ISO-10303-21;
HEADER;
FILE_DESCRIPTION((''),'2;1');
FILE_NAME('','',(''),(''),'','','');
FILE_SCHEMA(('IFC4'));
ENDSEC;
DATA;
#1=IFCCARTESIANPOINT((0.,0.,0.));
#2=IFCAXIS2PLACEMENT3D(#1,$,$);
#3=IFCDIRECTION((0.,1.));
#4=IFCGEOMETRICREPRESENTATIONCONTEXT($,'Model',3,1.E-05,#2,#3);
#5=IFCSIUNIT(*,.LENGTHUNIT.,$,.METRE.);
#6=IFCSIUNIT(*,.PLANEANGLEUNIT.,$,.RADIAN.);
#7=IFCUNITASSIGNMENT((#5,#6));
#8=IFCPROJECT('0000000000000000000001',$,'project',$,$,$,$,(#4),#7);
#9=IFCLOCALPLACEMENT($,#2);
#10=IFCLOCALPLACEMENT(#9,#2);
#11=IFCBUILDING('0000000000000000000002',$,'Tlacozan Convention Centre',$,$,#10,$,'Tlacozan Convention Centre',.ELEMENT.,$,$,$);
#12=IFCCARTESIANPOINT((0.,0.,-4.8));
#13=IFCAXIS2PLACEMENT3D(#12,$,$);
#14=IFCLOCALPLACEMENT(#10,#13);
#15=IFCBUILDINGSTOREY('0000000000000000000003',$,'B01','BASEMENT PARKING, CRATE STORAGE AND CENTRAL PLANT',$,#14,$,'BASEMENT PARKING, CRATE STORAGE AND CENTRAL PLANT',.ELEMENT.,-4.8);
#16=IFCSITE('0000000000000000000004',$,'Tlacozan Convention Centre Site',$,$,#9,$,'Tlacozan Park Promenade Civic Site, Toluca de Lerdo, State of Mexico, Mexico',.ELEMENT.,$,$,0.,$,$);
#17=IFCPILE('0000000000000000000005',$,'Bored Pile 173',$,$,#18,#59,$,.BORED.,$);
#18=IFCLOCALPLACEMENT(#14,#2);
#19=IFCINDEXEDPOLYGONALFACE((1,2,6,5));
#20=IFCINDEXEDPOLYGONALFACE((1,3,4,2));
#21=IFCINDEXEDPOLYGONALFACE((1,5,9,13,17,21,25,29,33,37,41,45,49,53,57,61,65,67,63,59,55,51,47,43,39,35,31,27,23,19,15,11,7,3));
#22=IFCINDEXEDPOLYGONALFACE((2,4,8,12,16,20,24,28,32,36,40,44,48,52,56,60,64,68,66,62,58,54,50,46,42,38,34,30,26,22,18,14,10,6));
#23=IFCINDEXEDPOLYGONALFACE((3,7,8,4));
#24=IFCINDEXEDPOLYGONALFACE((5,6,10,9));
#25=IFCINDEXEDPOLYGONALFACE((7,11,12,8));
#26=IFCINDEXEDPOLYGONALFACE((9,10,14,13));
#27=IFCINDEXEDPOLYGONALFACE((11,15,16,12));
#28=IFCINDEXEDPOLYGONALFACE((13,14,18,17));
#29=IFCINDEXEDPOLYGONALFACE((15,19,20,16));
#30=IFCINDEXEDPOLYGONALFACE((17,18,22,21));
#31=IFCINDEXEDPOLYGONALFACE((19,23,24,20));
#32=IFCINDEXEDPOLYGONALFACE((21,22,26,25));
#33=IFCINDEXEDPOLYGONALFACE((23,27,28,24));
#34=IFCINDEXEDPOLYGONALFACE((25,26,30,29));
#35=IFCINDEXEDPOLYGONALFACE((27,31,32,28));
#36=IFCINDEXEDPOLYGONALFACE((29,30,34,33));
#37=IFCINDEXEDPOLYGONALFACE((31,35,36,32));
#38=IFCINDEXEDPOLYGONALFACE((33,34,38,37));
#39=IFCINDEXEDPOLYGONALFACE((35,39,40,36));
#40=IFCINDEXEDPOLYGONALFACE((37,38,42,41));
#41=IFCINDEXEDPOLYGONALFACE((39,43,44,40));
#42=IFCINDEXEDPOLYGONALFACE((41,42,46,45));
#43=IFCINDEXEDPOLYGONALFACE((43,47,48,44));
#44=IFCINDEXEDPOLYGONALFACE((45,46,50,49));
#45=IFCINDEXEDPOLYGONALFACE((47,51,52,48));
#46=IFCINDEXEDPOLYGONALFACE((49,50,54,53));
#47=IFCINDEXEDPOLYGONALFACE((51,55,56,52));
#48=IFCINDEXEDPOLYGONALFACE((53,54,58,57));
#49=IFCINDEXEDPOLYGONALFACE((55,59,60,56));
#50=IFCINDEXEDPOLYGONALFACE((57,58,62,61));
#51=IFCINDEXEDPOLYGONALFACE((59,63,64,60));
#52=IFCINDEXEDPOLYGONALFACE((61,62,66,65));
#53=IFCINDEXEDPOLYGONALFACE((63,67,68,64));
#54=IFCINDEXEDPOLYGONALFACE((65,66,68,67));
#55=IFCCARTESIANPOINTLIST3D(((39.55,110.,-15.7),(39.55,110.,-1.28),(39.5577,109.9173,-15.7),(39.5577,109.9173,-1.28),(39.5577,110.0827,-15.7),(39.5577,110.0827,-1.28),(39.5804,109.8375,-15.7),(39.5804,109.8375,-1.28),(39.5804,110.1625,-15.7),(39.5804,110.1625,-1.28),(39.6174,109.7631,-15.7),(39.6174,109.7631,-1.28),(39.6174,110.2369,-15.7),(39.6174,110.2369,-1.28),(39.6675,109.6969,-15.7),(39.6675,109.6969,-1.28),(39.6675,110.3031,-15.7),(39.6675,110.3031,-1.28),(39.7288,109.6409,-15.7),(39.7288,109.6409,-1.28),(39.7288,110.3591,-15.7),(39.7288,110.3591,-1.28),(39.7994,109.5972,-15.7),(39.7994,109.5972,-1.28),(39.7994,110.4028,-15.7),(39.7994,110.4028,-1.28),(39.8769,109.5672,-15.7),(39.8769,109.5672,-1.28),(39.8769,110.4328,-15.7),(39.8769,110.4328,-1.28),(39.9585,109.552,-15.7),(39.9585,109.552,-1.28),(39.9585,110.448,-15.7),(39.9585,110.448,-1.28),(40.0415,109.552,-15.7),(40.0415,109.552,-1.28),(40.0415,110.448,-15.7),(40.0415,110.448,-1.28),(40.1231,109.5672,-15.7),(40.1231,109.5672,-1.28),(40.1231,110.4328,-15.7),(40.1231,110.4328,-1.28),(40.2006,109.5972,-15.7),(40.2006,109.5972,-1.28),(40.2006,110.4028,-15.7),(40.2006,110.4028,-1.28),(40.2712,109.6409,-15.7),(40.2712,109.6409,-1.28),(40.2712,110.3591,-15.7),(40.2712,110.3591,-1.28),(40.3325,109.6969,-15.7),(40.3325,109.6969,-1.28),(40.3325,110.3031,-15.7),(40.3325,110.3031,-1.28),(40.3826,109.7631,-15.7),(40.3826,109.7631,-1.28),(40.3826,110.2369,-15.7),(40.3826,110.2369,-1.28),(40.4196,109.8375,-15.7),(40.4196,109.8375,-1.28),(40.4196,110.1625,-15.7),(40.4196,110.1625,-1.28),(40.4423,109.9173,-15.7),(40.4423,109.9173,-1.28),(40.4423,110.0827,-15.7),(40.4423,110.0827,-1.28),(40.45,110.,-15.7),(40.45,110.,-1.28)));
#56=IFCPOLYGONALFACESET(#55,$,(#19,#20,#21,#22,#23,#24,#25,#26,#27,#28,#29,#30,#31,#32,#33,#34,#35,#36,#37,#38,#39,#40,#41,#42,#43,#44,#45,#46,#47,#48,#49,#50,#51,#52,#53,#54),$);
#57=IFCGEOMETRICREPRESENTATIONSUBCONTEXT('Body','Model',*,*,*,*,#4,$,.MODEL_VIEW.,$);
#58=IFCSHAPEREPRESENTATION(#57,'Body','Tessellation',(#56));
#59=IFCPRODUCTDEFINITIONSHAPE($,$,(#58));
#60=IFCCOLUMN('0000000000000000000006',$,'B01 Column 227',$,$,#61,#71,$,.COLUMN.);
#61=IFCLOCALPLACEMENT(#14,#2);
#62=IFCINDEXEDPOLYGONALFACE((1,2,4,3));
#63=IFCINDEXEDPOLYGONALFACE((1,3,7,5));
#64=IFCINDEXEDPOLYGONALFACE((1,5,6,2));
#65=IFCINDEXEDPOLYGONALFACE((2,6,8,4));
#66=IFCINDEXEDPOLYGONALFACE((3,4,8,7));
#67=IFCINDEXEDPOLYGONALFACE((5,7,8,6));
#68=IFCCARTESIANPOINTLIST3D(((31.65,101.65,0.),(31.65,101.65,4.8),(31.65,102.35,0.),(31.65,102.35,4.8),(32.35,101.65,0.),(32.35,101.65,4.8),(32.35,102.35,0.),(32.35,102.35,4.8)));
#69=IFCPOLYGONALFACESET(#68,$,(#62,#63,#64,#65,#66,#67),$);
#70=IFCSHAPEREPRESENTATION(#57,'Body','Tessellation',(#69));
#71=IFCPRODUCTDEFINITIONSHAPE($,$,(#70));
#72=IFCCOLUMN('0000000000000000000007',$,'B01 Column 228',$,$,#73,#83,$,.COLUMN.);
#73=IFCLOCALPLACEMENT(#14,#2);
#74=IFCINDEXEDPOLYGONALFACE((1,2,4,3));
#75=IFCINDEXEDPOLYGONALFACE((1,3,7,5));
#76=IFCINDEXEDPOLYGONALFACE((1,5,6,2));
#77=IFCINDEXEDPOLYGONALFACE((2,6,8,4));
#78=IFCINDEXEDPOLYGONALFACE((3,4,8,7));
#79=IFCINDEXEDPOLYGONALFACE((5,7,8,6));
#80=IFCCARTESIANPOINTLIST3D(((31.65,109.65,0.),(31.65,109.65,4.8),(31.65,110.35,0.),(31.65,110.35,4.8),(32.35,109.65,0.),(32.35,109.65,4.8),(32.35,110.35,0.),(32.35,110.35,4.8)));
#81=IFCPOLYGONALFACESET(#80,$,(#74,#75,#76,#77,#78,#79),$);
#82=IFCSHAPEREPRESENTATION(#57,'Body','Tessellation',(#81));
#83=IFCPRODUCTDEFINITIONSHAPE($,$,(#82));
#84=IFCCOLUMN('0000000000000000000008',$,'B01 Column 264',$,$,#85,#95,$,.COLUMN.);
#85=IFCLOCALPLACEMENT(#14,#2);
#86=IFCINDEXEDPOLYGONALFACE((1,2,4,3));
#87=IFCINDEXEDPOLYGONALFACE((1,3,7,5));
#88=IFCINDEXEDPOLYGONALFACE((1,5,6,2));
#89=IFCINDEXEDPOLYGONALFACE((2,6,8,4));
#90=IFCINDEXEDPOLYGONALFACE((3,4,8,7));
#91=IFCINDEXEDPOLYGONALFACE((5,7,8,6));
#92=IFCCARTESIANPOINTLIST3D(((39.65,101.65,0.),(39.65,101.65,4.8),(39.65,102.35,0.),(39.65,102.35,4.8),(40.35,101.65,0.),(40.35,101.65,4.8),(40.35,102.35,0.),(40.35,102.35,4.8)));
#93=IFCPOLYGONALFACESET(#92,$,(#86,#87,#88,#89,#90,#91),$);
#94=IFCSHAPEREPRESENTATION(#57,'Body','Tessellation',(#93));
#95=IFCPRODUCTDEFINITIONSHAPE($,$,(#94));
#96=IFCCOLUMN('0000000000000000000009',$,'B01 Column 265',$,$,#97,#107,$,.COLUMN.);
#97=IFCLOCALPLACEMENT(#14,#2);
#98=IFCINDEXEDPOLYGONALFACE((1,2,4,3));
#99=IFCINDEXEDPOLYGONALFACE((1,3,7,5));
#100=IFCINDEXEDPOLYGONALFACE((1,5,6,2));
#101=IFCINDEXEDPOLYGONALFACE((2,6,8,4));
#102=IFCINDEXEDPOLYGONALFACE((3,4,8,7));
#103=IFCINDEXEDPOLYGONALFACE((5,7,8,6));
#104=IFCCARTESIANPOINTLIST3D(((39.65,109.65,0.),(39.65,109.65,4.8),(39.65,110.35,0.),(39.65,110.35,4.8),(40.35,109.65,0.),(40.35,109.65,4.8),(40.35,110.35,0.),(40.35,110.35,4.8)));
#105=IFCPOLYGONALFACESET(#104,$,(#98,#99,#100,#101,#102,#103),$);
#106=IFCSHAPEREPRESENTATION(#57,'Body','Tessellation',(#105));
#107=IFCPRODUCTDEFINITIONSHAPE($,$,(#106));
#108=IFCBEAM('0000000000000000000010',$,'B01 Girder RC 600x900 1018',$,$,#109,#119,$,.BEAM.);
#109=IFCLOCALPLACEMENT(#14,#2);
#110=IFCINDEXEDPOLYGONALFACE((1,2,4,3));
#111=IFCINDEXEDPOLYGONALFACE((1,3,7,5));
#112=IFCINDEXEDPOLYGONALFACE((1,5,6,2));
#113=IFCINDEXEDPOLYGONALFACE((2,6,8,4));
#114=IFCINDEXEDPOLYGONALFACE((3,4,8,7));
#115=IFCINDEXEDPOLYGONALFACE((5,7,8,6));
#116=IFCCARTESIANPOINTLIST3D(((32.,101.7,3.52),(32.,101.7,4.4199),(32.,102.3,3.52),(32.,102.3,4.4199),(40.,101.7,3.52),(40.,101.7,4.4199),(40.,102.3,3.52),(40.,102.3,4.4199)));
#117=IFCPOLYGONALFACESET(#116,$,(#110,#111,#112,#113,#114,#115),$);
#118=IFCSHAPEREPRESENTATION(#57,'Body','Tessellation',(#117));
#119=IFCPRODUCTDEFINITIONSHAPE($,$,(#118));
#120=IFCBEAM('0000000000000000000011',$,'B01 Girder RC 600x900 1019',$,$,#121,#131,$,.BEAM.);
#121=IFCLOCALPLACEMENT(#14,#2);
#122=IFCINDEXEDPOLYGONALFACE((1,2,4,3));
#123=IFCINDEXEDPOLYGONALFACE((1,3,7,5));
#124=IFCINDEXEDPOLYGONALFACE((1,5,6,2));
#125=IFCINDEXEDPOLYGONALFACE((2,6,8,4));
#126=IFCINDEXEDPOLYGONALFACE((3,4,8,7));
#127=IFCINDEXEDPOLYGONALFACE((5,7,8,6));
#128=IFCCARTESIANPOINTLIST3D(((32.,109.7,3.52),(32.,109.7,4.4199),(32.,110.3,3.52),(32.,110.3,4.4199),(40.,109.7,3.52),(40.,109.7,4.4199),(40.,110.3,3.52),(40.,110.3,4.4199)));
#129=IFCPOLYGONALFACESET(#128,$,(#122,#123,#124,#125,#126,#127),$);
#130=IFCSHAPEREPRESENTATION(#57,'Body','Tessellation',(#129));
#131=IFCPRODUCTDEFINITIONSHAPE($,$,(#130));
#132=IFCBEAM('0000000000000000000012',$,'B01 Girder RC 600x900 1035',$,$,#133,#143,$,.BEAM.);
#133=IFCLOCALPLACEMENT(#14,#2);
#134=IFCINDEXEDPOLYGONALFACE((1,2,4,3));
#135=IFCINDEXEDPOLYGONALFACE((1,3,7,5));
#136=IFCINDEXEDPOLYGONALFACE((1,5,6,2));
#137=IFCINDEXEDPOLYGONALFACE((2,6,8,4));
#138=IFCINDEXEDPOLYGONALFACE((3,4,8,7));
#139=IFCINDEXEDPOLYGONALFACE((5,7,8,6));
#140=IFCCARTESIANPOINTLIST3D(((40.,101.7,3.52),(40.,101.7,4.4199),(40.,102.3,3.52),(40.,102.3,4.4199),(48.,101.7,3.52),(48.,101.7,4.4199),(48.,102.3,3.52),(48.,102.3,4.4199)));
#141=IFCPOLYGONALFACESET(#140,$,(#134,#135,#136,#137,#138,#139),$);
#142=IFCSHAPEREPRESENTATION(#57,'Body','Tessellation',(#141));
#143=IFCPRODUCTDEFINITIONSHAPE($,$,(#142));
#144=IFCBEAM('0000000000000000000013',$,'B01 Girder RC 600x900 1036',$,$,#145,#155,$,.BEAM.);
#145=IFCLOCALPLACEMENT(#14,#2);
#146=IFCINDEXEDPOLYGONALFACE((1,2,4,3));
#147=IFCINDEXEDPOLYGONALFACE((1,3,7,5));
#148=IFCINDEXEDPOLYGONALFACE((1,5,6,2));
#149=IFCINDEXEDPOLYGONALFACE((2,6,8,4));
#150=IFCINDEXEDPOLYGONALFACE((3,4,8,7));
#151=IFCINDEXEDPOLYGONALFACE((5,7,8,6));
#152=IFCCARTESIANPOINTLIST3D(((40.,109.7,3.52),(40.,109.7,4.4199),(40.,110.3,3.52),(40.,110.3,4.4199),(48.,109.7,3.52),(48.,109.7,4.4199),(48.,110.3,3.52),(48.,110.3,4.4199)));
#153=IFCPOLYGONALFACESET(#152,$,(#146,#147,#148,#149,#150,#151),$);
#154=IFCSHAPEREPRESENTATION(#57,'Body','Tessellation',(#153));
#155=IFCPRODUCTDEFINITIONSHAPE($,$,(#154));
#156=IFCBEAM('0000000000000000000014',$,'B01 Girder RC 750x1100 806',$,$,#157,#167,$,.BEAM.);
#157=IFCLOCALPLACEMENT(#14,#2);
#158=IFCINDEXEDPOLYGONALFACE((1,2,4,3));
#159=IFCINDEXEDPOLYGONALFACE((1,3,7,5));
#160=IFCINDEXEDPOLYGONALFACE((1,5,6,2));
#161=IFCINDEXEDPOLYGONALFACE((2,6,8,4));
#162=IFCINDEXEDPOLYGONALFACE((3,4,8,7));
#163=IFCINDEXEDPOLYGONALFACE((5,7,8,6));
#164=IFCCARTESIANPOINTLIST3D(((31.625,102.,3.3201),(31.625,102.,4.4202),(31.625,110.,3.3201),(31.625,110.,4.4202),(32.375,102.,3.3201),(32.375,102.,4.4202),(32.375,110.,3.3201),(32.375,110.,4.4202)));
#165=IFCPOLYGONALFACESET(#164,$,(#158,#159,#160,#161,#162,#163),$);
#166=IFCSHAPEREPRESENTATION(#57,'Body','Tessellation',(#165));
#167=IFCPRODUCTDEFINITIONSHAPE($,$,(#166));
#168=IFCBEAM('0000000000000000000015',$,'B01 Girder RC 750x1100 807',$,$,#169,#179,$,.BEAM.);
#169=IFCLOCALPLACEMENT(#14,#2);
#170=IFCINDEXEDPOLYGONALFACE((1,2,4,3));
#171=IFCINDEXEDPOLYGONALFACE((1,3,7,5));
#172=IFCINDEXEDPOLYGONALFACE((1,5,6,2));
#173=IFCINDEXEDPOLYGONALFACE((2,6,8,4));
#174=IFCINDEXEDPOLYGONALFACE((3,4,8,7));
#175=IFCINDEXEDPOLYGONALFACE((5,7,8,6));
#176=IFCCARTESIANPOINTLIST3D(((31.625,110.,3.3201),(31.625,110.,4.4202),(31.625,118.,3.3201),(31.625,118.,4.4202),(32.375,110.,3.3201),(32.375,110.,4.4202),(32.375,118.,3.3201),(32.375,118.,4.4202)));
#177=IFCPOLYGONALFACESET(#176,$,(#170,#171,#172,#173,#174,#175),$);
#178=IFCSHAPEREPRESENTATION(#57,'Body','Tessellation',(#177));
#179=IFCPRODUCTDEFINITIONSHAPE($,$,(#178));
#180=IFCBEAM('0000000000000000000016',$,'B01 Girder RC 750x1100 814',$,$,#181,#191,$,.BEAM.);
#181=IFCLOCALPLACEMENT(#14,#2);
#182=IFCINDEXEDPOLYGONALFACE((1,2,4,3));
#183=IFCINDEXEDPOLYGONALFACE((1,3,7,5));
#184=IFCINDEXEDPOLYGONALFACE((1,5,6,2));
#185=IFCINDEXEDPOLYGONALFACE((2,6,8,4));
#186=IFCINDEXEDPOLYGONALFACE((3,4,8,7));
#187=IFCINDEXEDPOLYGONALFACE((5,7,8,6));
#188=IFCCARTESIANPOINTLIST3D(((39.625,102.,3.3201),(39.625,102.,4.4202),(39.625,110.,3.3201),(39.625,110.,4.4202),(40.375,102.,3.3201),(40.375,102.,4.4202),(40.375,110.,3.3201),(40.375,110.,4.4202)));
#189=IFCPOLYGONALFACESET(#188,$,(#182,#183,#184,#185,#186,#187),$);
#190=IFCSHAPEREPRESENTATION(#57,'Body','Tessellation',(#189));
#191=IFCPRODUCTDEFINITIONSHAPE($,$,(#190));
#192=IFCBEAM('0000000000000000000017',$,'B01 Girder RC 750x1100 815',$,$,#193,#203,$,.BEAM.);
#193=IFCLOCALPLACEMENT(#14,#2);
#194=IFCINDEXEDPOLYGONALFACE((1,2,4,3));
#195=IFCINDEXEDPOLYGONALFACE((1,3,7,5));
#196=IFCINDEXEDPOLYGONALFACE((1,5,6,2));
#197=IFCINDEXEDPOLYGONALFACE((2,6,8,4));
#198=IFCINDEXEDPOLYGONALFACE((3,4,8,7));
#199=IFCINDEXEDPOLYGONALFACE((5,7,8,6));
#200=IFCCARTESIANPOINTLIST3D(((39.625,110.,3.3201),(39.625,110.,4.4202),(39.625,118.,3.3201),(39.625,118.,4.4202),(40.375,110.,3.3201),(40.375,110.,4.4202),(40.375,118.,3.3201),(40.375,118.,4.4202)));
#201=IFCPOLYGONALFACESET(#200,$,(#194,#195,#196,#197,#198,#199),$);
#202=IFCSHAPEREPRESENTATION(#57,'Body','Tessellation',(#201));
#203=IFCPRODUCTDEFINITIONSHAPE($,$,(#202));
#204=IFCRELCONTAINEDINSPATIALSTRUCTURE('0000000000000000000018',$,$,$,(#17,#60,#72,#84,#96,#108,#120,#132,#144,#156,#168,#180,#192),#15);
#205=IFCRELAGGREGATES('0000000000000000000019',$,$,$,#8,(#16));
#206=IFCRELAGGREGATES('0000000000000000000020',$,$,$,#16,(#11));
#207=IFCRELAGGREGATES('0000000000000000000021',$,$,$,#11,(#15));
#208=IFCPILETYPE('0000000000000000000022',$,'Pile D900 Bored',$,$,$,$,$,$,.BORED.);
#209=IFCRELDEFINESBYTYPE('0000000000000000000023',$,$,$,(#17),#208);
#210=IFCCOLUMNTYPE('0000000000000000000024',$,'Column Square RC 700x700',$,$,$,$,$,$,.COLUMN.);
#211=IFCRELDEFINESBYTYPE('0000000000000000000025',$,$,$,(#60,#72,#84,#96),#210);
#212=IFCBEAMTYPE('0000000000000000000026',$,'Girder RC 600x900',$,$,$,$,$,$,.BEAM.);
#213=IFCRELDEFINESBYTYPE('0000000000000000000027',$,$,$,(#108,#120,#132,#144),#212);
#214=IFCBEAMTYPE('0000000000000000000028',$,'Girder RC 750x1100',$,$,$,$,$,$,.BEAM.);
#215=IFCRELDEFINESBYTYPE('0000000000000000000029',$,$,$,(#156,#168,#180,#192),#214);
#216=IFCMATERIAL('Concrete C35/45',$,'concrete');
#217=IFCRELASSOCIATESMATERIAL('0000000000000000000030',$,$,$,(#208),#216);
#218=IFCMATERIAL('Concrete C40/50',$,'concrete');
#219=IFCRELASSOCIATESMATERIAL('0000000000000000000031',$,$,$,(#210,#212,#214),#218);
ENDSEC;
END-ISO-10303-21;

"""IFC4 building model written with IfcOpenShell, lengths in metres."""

from ifc_helpers import new_model, si_unit, direction, frame, origin, origin_2d, place, context, subcontext, project, spatial, rectangle, circle, extrude, material, material_profile, profile_set, type_object, element, save


model = new_model("IFC4")

# Units and contexts
model_context = context("Model", 3, precision=1e-05, world=origin(), true_north=direction((0.0, 1.0)))
body_context = subcontext(model_context, "Body", "Model", "MODEL_VIEW")
ifc_project = project(units=[si_unit("LENGTHUNIT", "METRE"), si_unit("PLANEANGLEUNIT", "RADIAN")], contexts=[model_context])

# Site, building, storey
site_placement = place(None, origin())
site = spatial("IfcSite", under=ifc_project, at=site_placement, Name="Tlacozan Convention Centre Site", LongName="Tlacozan Park Promenade Civic Site, Toluca de Lerdo, State of Mexico, Mexico", CompositionType="ELEMENT", RefElevation=0.0)
building_placement = place(site_placement, origin())
building = spatial("IfcBuilding", under=site, at=building_placement, Name="Tlacozan Convention Centre", LongName="Tlacozan Convention Centre", CompositionType="ELEMENT")
storey_placement = place(building_placement, frame((0.0, 0.0, -4.8)))
storey = spatial("IfcBuildingStorey", under=building, at=storey_placement, Name="B01", Description="BASEMENT PARKING, CRATE STORAGE AND CENTRAL PLANT", LongName="BASEMENT PARKING, CRATE STORAGE AND CENTRAL PLANT", CompositionType="ELEMENT", Elevation=-4.8)

# Shared definitions
ifc_material_1 = material(Name="Concrete C35/45", Category="concrete")

# Pile
ifc_material_profile_1 = material_profile(ifc_material_1, circle(Radius=0.45, at=origin_2d()), Name="PILE D900")
ifc_profile_set_1 = profile_set([ifc_material_profile_1], Name="Concrete C35/45")
pile_type_1 = type_object("IfcPileType", Name="Pile D900 Bored", PredefinedType="BORED", material=ifc_profile_set_1)
for number, where, z_axis, x_axis, name in (
    (1, (40.0, 110.0, -1.28), (0.0, 0.0, -1.0), (1.0, 0.0, 0.0), "Bored Pile 173"),
):
    element("IfcPile", number, at=place(storey_placement, frame(where, z_axis=z_axis, x_axis=x_axis)), inside=storey, type_object=pile_type_1, Name=name, PredefinedType="BORED", context=body_context, shape_type="SweptSolid", body=[
        extrude(circle(Radius=0.45, at=origin_2d()), origin(), (0.0, 0.0, 1.0), 14.4199),
    ])

# Columns
ifc_material_2 = material(Name="Concrete C40/50", Category="concrete")
ifc_material_profile_2 = material_profile(ifc_material_2, rectangle(XDim=0.7, YDim=0.7, at=origin_2d()), Name="RC 700x700")
ifc_profile_set_2 = profile_set([ifc_material_profile_2], Name="Concrete C40/50")
column_type = type_object("IfcColumnType", Name="Column Square RC 700x700", PredefinedType="COLUMN", material=ifc_profile_set_2)
for number, where, z_axis, x_axis, name in (
    (2, (32.0, 102.0, 0.0), (0.0, 0.0, 1.0), (1.0, 0.0, 0.0), "B01 Column 227"),
    (3, (32.0, 110.0, 0.0), (0.0, 0.0, 1.0), (1.0, 0.0, 0.0), "B01 Column 228"),
    (4, (40.0, 102.0, 0.0), (0.0, 0.0, 1.0), (1.0, 0.0, 0.0), "B01 Column 264"),
    (5, (40.0, 110.0, 0.0), (0.0, 0.0, 1.0), (1.0, 0.0, 0.0), "B01 Column 265"),
):
    element("IfcColumn", number, at=place(storey_placement, frame(where, z_axis=z_axis, x_axis=x_axis)), inside=storey, type_object=column_type, Name=name, PredefinedType="COLUMN", context=body_context, shape_type="SweptSolid", body=[
        extrude(rectangle(XDim=0.7, YDim=0.7, at=origin_2d()), origin(), (0.0, 0.0, 1.0), 4.8),
    ])

# Beams
ifc_material_profile_3 = material_profile(ifc_material_2, rectangle(XDim=0.6001, YDim=0.8999, at=origin_2d()), Name="RC 600x900")
ifc_profile_set_3 = profile_set([ifc_material_profile_3], Name="Concrete C40/50")
beam_type_1 = type_object("IfcBeamType", Name="Girder RC 600x900", PredefinedType="BEAM", material=ifc_profile_set_3)
for number, where, z_axis, x_axis, name in (
    (6, (32.0, 102.0, 3.97), (1.0, 0.0, 0.0), (0.0, 1.0, 0.0), "B01 Girder RC 600x900 1018"),
    (7, (32.0, 110.0, 3.97), (1.0, 0.0, 0.0), (0.0, 1.0, 0.0), "B01 Girder RC 600x900 1019"),
    (8, (40.0, 102.0, 3.97), (1.0, 0.0, 0.0), (0.0, 1.0, 0.0), "B01 Girder RC 600x900 1035"),
    (9, (40.0, 110.0, 3.97), (1.0, 0.0, 0.0), (0.0, 1.0, 0.0), "B01 Girder RC 600x900 1036"),
):
    element("IfcBeam", number, at=place(storey_placement, frame(where, z_axis=z_axis, x_axis=x_axis)), inside=storey, type_object=beam_type_1, Name=name, PredefinedType="BEAM", context=body_context, shape_type="SweptSolid", body=[
        extrude(rectangle(XDim=0.6001, YDim=0.8999, at=origin_2d()), origin(), (0.0, 0.0, 1.0), 8.0),
    ])
ifc_material_profile_4 = material_profile(ifc_material_2, rectangle(XDim=0.75, YDim=1.1001, at=origin_2d()), Name="RC 750x1100")
ifc_profile_set_4 = profile_set([ifc_material_profile_4], Name="Concrete C40/50")
beam_type_2 = type_object("IfcBeamType", Name="Girder RC 750x1100", PredefinedType="BEAM", material=ifc_profile_set_4)
for number, where, z_axis, x_axis, name in (
    (10, (32.0, 102.0, 3.8701), (0.0, 1.0, 0.0), (-1.0, 0.0, 0.0), "B01 Girder RC 750x1100 806"),
    (11, (32.0, 110.0, 3.8701), (0.0, 1.0, 0.0), (-1.0, 0.0, 0.0), "B01 Girder RC 750x1100 807"),
    (12, (40.0, 102.0, 3.8701), (0.0, 1.0, 0.0), (-1.0, 0.0, 0.0), "B01 Girder RC 750x1100 814"),
    (13, (40.0, 110.0, 3.8701), (0.0, 1.0, 0.0), (-1.0, 0.0, 0.0), "B01 Girder RC 750x1100 815"),
):
    element("IfcBeam", number, at=place(storey_placement, frame(where, z_axis=z_axis, x_axis=x_axis)), inside=storey, type_object=beam_type_2, Name=name, PredefinedType="BEAM", context=body_context, shape_type="SweptSolid", body=[
        extrude(rectangle(XDim=0.75, YDim=1.1001, at=origin_2d()), origin(), (0.0, 0.0, 1.0), 8.0),
    ])

save(model, "model.ifc")
